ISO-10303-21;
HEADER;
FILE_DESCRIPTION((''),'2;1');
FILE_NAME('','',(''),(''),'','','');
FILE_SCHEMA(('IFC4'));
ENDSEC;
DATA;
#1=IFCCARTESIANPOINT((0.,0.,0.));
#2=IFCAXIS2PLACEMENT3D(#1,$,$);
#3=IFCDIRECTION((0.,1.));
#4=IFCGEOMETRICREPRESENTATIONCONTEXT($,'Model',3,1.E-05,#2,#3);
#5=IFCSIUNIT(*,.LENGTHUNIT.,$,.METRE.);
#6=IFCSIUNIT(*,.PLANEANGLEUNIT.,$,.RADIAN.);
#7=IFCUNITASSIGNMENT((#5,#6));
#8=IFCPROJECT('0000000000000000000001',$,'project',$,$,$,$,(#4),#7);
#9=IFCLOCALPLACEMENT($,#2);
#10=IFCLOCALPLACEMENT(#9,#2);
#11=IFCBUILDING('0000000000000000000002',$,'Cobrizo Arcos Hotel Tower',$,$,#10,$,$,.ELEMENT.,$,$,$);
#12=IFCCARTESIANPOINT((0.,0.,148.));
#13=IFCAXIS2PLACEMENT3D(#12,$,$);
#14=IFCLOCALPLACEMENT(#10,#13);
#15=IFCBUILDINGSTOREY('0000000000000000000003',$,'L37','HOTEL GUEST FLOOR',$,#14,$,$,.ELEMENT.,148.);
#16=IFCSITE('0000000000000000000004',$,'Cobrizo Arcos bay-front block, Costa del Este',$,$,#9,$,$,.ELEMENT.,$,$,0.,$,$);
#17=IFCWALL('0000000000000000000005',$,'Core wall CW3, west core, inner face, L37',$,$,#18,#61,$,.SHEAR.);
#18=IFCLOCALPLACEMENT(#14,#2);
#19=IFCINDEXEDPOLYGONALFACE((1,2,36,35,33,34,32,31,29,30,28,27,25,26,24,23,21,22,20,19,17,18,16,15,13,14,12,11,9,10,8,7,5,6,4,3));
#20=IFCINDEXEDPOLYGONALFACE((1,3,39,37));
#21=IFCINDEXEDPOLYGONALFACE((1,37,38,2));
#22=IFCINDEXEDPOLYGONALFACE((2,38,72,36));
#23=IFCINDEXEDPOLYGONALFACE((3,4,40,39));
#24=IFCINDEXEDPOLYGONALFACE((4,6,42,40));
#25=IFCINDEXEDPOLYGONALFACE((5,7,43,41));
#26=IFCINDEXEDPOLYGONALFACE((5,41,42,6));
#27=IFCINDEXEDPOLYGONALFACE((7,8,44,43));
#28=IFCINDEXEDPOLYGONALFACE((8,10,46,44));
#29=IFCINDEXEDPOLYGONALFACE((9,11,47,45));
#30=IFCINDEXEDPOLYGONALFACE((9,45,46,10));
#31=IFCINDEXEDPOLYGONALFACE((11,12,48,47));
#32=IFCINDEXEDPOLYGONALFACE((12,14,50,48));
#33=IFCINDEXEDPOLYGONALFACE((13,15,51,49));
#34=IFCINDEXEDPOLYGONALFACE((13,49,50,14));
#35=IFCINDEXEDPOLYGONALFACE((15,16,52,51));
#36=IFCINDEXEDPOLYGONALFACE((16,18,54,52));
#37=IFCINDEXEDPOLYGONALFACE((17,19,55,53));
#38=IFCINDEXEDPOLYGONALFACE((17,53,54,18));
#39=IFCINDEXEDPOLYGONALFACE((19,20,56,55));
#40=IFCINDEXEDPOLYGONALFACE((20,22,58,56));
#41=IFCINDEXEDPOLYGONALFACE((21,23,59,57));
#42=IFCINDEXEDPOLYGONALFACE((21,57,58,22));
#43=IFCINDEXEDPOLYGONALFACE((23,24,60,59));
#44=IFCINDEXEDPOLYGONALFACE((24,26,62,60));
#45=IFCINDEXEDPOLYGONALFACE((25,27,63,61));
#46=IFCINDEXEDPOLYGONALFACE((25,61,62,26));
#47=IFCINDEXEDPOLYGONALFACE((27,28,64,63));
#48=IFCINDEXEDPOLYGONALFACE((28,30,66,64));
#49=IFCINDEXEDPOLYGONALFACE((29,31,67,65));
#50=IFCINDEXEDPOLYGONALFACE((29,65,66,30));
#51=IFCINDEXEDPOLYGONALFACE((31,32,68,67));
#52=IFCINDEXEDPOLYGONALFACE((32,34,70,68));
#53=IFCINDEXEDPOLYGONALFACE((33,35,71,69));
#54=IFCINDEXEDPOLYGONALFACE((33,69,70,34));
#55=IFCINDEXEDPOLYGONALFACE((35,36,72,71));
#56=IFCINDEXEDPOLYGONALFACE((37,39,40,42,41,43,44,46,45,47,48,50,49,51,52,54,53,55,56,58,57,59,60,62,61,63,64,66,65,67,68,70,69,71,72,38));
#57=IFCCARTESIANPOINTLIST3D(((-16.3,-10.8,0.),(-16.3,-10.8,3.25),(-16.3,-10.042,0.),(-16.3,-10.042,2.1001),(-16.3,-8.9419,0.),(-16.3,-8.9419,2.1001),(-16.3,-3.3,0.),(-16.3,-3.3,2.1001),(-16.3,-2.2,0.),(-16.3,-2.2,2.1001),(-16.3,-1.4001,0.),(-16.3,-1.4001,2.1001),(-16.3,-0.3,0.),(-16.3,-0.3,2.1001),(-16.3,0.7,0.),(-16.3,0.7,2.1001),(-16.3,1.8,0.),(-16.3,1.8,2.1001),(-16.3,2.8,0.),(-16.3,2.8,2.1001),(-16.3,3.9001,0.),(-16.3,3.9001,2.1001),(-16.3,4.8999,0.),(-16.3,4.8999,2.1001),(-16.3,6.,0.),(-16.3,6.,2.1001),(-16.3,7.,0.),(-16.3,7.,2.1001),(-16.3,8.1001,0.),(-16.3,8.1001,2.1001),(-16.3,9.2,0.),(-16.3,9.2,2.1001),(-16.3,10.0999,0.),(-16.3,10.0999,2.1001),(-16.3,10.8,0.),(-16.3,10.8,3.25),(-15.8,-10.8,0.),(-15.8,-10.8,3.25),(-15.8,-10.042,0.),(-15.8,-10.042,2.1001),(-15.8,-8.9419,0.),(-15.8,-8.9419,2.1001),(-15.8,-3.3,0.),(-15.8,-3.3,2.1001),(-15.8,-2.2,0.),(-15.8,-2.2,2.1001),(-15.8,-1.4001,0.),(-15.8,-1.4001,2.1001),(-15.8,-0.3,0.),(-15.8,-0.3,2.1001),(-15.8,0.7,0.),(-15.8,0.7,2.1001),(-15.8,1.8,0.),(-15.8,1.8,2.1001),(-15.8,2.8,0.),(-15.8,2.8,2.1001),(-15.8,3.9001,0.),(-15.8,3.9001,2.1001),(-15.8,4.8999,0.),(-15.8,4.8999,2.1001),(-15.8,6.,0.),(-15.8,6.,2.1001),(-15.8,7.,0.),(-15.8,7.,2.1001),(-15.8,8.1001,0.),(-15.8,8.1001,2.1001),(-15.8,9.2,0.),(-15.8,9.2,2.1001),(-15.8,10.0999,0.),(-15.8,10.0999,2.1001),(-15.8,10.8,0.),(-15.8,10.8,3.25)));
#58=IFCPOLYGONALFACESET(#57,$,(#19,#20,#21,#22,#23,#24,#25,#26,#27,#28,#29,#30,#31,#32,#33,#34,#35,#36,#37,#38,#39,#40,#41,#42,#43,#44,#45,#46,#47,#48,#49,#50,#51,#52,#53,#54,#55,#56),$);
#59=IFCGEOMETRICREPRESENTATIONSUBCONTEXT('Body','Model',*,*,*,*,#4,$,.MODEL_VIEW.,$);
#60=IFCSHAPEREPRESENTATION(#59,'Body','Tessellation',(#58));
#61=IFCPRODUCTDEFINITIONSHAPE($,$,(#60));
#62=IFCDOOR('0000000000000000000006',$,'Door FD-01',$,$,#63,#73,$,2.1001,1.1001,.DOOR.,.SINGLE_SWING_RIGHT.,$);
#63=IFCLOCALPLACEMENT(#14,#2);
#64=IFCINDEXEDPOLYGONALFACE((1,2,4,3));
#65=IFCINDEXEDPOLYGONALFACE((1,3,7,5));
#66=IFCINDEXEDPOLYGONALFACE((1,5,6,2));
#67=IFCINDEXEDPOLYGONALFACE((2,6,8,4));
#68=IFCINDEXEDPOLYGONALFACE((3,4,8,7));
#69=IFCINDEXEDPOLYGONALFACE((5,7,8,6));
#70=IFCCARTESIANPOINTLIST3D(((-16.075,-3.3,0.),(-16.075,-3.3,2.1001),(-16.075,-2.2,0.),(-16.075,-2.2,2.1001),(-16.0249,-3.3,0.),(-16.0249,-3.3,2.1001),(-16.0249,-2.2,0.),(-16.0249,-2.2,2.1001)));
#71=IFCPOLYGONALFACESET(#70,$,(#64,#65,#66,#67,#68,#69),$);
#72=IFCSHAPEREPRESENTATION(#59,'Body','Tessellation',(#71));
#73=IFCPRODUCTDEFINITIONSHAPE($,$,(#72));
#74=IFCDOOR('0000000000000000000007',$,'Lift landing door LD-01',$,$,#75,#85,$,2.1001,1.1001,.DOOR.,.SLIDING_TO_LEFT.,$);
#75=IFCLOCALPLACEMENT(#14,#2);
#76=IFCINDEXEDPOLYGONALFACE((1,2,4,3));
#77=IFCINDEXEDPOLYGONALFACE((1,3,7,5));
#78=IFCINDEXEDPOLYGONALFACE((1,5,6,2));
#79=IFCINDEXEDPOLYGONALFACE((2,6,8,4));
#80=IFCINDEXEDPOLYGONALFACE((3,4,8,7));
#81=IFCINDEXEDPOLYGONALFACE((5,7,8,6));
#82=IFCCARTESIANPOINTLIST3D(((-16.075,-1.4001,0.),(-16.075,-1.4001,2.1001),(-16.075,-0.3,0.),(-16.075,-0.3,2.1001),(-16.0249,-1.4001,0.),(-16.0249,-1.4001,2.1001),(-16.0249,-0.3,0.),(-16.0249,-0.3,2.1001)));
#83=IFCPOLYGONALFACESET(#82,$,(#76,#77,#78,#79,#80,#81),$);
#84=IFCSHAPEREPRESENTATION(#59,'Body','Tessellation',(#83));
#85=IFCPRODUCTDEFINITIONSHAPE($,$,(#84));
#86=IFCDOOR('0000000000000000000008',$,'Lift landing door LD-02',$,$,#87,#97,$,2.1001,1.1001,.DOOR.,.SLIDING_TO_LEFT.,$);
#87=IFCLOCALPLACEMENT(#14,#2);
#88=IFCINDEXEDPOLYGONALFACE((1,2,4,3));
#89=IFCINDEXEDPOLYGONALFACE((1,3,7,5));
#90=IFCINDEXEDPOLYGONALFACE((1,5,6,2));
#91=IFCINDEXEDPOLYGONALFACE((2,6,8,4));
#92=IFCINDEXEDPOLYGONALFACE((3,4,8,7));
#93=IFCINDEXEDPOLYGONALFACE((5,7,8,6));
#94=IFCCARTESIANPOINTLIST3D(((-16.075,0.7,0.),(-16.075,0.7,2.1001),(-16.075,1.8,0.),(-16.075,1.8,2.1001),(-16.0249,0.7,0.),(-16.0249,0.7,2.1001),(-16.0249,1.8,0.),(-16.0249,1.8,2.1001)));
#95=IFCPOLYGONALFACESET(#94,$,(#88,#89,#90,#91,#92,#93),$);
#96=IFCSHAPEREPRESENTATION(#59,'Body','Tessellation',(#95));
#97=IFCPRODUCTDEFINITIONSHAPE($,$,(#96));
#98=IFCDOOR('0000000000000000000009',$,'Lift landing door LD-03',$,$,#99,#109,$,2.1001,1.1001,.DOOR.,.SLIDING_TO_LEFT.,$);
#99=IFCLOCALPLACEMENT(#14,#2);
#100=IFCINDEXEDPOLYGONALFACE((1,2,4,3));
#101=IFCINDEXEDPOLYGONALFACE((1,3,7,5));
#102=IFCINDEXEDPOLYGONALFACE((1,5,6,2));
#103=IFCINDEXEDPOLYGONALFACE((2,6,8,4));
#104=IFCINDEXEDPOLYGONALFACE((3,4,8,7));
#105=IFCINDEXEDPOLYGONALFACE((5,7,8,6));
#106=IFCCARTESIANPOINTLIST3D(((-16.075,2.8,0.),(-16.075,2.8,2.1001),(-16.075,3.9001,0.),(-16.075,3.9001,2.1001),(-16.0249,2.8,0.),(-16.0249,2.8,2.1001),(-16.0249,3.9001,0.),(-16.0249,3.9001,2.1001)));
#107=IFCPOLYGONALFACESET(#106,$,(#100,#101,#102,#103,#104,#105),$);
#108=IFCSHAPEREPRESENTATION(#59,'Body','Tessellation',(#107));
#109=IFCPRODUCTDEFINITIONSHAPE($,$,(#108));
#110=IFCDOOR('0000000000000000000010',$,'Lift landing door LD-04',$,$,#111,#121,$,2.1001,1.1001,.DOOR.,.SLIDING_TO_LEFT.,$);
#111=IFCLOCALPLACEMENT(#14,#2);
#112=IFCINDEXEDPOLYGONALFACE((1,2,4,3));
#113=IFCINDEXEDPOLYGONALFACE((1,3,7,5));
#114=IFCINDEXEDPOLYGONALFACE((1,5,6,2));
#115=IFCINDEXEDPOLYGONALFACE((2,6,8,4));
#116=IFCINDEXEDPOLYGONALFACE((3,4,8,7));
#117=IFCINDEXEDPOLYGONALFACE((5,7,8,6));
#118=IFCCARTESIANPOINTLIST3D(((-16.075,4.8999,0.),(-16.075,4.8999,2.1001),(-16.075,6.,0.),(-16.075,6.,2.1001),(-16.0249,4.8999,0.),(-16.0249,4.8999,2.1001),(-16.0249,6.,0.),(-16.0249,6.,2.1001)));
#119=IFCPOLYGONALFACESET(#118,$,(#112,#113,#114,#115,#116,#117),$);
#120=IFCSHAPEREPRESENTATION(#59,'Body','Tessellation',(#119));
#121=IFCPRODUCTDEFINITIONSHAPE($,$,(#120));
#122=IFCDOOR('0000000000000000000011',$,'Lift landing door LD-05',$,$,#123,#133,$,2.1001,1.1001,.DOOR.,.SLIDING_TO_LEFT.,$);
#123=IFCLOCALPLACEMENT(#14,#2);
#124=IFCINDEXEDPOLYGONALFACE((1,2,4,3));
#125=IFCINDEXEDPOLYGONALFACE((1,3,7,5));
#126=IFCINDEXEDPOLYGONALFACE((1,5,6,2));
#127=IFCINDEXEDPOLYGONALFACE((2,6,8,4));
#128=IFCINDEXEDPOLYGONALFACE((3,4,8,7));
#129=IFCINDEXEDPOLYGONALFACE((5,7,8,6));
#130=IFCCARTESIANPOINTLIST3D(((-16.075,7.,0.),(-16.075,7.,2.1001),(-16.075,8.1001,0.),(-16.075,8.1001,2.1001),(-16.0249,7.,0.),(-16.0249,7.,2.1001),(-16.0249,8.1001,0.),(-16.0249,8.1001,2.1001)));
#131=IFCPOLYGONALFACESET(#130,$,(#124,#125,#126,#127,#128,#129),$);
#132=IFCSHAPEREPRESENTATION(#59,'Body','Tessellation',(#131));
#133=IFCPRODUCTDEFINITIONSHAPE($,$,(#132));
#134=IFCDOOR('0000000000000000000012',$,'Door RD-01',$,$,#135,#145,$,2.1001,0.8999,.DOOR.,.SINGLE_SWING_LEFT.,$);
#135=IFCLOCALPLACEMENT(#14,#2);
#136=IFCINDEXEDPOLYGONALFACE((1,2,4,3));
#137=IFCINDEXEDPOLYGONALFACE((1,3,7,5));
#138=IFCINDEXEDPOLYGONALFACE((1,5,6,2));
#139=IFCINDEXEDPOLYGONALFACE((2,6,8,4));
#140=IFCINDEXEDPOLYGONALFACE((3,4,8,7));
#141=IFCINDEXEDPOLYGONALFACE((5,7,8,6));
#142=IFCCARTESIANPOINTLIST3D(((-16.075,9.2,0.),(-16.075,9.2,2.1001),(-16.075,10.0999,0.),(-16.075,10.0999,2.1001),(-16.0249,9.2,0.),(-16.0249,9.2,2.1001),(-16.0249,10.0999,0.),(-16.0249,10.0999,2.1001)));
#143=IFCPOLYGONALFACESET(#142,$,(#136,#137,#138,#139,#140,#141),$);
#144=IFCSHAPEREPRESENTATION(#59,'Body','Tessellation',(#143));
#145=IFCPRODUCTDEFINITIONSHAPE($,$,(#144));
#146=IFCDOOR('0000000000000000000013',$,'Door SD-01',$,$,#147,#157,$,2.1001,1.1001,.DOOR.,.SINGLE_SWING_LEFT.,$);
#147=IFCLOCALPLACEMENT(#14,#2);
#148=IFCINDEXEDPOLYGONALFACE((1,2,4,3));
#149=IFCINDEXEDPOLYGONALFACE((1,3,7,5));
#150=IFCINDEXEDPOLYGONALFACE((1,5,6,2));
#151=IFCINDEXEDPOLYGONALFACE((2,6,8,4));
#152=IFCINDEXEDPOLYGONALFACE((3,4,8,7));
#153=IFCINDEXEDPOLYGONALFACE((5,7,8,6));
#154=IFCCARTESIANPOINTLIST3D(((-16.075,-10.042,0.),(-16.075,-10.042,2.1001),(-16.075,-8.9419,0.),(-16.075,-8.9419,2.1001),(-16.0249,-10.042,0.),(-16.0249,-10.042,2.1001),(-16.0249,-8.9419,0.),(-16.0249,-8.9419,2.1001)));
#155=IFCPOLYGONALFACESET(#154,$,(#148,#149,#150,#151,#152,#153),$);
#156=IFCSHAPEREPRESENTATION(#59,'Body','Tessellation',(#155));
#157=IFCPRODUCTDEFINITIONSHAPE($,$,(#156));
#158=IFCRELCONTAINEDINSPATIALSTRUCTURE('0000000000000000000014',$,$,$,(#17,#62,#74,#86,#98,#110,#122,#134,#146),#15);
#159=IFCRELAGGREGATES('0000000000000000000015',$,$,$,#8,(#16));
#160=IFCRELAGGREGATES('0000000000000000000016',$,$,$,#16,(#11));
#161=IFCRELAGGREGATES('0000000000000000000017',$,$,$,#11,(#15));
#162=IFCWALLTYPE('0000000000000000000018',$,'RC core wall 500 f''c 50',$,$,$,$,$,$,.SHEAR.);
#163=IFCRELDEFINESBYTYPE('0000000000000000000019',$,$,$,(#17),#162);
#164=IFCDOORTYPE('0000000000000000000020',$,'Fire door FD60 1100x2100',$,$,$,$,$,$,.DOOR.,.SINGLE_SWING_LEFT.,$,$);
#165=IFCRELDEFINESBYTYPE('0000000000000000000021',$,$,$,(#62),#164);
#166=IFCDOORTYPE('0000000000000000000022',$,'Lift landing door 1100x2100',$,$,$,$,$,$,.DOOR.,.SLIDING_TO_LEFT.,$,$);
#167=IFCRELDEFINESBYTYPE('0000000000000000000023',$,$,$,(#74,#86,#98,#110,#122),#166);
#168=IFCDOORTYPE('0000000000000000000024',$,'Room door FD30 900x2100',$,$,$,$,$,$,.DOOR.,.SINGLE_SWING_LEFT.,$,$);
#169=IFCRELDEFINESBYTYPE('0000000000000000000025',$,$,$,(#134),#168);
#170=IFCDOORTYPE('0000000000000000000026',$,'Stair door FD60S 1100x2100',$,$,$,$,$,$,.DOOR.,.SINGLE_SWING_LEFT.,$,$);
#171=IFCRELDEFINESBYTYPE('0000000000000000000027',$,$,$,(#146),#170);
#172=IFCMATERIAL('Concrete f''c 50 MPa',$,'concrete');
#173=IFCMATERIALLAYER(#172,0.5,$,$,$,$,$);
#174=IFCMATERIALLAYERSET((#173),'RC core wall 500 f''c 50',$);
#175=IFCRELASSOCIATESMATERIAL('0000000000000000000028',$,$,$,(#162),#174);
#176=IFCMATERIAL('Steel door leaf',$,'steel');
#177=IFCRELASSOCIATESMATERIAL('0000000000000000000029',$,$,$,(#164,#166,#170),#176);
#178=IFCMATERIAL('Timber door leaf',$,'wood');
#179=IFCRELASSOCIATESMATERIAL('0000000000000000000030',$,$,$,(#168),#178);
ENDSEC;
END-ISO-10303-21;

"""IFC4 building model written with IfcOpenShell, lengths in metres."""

from ifc_helpers import new_model, si_unit, direction, frame, frame_2d, origin, place, context, subcontext, project, spatial, rectangle, extrude, material, layer, layer_set, type_object, element, fill, save


model = new_model("IFC4")

# Units and contexts
model_context = context("Model", 3, precision=1e-05, world=origin(), true_north=direction((0.0, 1.0)))
body_context = subcontext(model_context, "Body", "Model", "MODEL_VIEW")
ifc_project = project(units=[si_unit("LENGTHUNIT", "METRE"), si_unit("PLANEANGLEUNIT", "RADIAN")], contexts=[model_context])

# Site, building, storey
site_placement = place(None, origin())
site = spatial("IfcSite", under=ifc_project, at=site_placement, Name="Cobrizo Arcos bay-front block, Costa del Este", CompositionType="ELEMENT", RefElevation=0.0)
building_placement = place(site_placement, origin())
building = spatial("IfcBuilding", under=site, at=building_placement, Name="Cobrizo Arcos Hotel Tower", CompositionType="ELEMENT")
storey_placement = place(building_placement, frame((0.0, 0.0, 148.0)))
storey = spatial("IfcBuildingStorey", under=building, at=storey_placement, Name="L37", Description="HOTEL GUEST FLOOR", CompositionType="ELEMENT", Elevation=148.0)

# Wall, openings, doors
ifc_material_1 = material(Name="Concrete f'c 50 MPa", Category="concrete")
ifc_layer_1 = layer(ifc_material_1, 0.5)
ifc_layer_set_1 = layer_set([ifc_layer_1], Name="RC core wall 500 f'c 50")
wall_type_1 = type_object("IfcWallType", Name="RC core wall 500 f'c 50", PredefinedType="SHEAR", material=ifc_layer_set_1)
wall_1_placement = place(storey_placement, frame((-16.05, -10.8, 0.0), z_axis=(0.0, 0.0, 1.0), x_axis=(0.0, 1.0, 0.0)))
wall_1 = element("IfcWall", 1, at=wall_1_placement, inside=storey, type_object=wall_type_1, Name="Core wall CW3, west core, inner face, L37", PredefinedType="SHEAR", context=body_context, shape_type="SweptSolid", body=[
    extrude(rectangle(XDim=21.6001, YDim=0.5, at=frame_2d((10.8, 0.0))), origin(), (0.0, 0.0, 1.0), 3.25),
])
opening_1_placement = place(wall_1_placement, frame((9.3999, 0.0, 0.0)))
opening_1 = element("IfcOpeningElement", 2, at=opening_1_placement, cuts=wall_1, PredefinedType="OPENING", context=body_context, shape_type="SweptSolid", body=[
    extrude(rectangle(XDim=1.1001, YDim=2.1001, at=frame_2d((0.55, 1.05))), frame((0.0, 0.262, 0.0), z_axis=(0.0, -1.0, 0.0), x_axis=(1.0, 0.0, 0.0)), (0.0, 0.0, 1.0), 0.5239),
])
opening_2_placement = place(wall_1_placement, frame((11.5, 0.0, 0.0)))
opening_2 = element("IfcOpeningElement", 3, at=opening_2_placement, cuts=wall_1, PredefinedType="OPENING", context=body_context, shape_type="SweptSolid", body=[
    extrude(rectangle(XDim=1.1001, YDim=2.1001, at=frame_2d((0.55, 1.05))), frame((0.0, 0.262, 0.0), z_axis=(0.0, -1.0, 0.0), x_axis=(1.0, 0.0, 0.0)), (0.0, 0.0, 1.0), 0.5239),
])
opening_3_placement = place(wall_1_placement, frame((13.6001, 0.0, 0.0)))
opening_3 = element("IfcOpeningElement", 4, at=opening_3_placement, cuts=wall_1, PredefinedType="OPENING", context=body_context, shape_type="SweptSolid", body=[
    extrude(rectangle(XDim=1.1001, YDim=2.1001, at=frame_2d((0.55, 1.05))), frame((0.0, 0.262, 0.0), z_axis=(0.0, -1.0, 0.0), x_axis=(1.0, 0.0, 0.0)), (0.0, 0.0, 1.0), 0.5239),
])
opening_4_placement = place(wall_1_placement, frame((15.7, 0.0, 0.0)))
opening_4 = element("IfcOpeningElement", 5, at=opening_4_placement, cuts=wall_1, PredefinedType="OPENING", context=body_context, shape_type="SweptSolid", body=[
    extrude(rectangle(XDim=1.1001, YDim=2.1001, at=frame_2d((0.55, 1.05))), frame((0.0, 0.262, 0.0), z_axis=(0.0, -1.0, 0.0), x_axis=(1.0, 0.0, 0.0)), (0.0, 0.0, 1.0), 0.5239),
])
opening_5_placement = place(wall_1_placement, frame((17.8, 0.0, 0.0)))
opening_5 = element("IfcOpeningElement", 6, at=opening_5_placement, cuts=wall_1, PredefinedType="OPENING", context=body_context, shape_type="SweptSolid", body=[
    extrude(rectangle(XDim=1.1001, YDim=2.1001, at=frame_2d((0.55, 1.05))), frame((0.0, 0.262, 0.0), z_axis=(0.0, -1.0, 0.0), x_axis=(1.0, 0.0, 0.0)), (0.0, 0.0, 1.0), 0.5239),
])
opening_6_placement = place(wall_1_placement, frame((0.7581, 0.0, 0.0)))
opening_6 = element("IfcOpeningElement", 7, at=opening_6_placement, cuts=wall_1, PredefinedType="OPENING", context=body_context, shape_type="SweptSolid", body=[
    extrude(rectangle(XDim=1.1001, YDim=2.1001, at=frame_2d((0.55, 1.05))), frame((0.0, 0.262, 0.0), z_axis=(0.0, -1.0, 0.0), x_axis=(1.0, 0.0, 0.0)), (0.0, 0.0, 1.0), 0.5239),
])
opening_7_placement = place(wall_1_placement, frame((7.5, 0.0, 0.0)))
opening_7 = element("IfcOpeningElement", 8, at=opening_7_placement, cuts=wall_1, PredefinedType="OPENING", context=body_context, shape_type="SweptSolid", body=[
    extrude(rectangle(XDim=1.1001, YDim=2.1001, at=frame_2d((0.55, 1.05))), frame((0.0, 0.262, 0.0), z_axis=(0.0, -1.0, 0.0), x_axis=(1.0, 0.0, 0.0)), (0.0, 0.0, 1.0), 0.5239),
])
opening_8_placement = place(wall_1_placement, frame((20.0, 0.0, 0.0)))
opening_8 = element("IfcOpeningElement", 9, at=opening_8_placement, cuts=wall_1, PredefinedType="OPENING", context=body_context, shape_type="SweptSolid", body=[
    extrude(rectangle(XDim=0.8999, YDim=2.1001, at=frame_2d((0.45, 1.05))), frame((0.0, 0.262, 0.0), z_axis=(0.0, -1.0, 0.0), x_axis=(1.0, 0.0, 0.0)), (0.0, 0.0, 1.0), 0.5239),
])
ifc_material_2 = material(Name="Steel door leaf", Category="steel")
door_type_1 = type_object("IfcDoorType", Name="Fire door FD60 1100x2100", OperationType="SINGLE_SWING_LEFT", PredefinedType="DOOR", material=ifc_material_2)
door_1_placement = place(opening_7_placement, origin())
door_1 = element("IfcDoor", 10, at=door_1_placement, inside=storey, type_object=door_type_1, Name="Door FD-01", OperationType="SINGLE_SWING_RIGHT", OverallHeight=2.1001, OverallWidth=1.1001, PredefinedType="DOOR", context=body_context, shape_type="SweptSolid", body=[
    extrude(rectangle(XDim=1.1001, YDim=2.1001, at=frame_2d((0.55, 1.05))), frame((0.0, 0.0249, 0.0), z_axis=(0.0, -1.0, 0.0), x_axis=(1.0, 0.0, 0.0)), (0.0, 0.0, 1.0), 0.05),
])
fill(opening_7, door_1)
door_type_2 = type_object("IfcDoorType", Name="Lift landing door 1100x2100", OperationType="SLIDING_TO_LEFT", PredefinedType="DOOR", material=ifc_material_2)
door_2_placement = place(opening_1_placement, origin())
door_2 = element("IfcDoor", 11, at=door_2_placement, inside=storey, type_object=door_type_2, Name="Lift landing door LD-01", OperationType="SLIDING_TO_LEFT", OverallHeight=2.1001, OverallWidth=1.1001, PredefinedType="DOOR", context=body_context, shape_type="SweptSolid", body=[
    extrude(rectangle(XDim=1.1001, YDim=2.1001, at=frame_2d((0.55, 1.05))), frame((0.0, 0.0249, 0.0), z_axis=(0.0, -1.0, 0.0), x_axis=(1.0, 0.0, 0.0)), (0.0, 0.0, 1.0), 0.05),
])
fill(opening_1, door_2)
door_3_placement = place(opening_2_placement, origin())
door_3 = element("IfcDoor", 12, at=door_3_placement, inside=storey, type_object=door_type_2, Name="Lift landing door LD-02", OperationType="SLIDING_TO_LEFT", OverallHeight=2.1001, OverallWidth=1.1001, PredefinedType="DOOR", context=body_context, shape_type="SweptSolid", body=[
    extrude(rectangle(XDim=1.1001, YDim=2.1001, at=frame_2d((0.55, 1.05))), frame((0.0, 0.0249, 0.0), z_axis=(0.0, -1.0, 0.0), x_axis=(1.0, 0.0, 0.0)), (0.0, 0.0, 1.0), 0.05),
])
fill(opening_2, door_3)
door_4_placement = place(opening_3_placement, origin())
door_4 = element("IfcDoor", 13, at=door_4_placement, inside=storey, type_object=door_type_2, Name="Lift landing door LD-03", OperationType="SLIDING_TO_LEFT", OverallHeight=2.1001, OverallWidth=1.1001, PredefinedType="DOOR", context=body_context, shape_type="SweptSolid", body=[
    extrude(rectangle(XDim=1.1001, YDim=2.1001, at=frame_2d((0.55, 1.05))), frame((0.0, 0.0249, 0.0), z_axis=(0.0, -1.0, 0.0), x_axis=(1.0, 0.0, 0.0)), (0.0, 0.0, 1.0), 0.05),
])
fill(opening_3, door_4)
door_5_placement = place(opening_4_placement, origin())
door_5 = element("IfcDoor", 14, at=door_5_placement, inside=storey, type_object=door_type_2, Name="Lift landing door LD-04", OperationType="SLIDING_TO_LEFT", OverallHeight=2.1001, OverallWidth=1.1001, PredefinedType="DOOR", context=body_context, shape_type="SweptSolid", body=[
    extrude(rectangle(XDim=1.1001, YDim=2.1001, at=frame_2d((0.55, 1.05))), frame((0.0, 0.0249, 0.0), z_axis=(0.0, -1.0, 0.0), x_axis=(1.0, 0.0, 0.0)), (0.0, 0.0, 1.0), 0.05),
])
fill(opening_4, door_5)
door_6_placement = place(opening_5_placement, origin())
door_6 = element("IfcDoor", 15, at=door_6_placement, inside=storey, type_object=door_type_2, Name="Lift landing door LD-05", OperationType="SLIDING_TO_LEFT", OverallHeight=2.1001, OverallWidth=1.1001, PredefinedType="DOOR", context=body_context, shape_type="SweptSolid", body=[
    extrude(rectangle(XDim=1.1001, YDim=2.1001, at=frame_2d((0.55, 1.05))), frame((0.0, 0.0249, 0.0), z_axis=(0.0, -1.0, 0.0), x_axis=(1.0, 0.0, 0.0)), (0.0, 0.0, 1.0), 0.05),
])
fill(opening_5, door_6)
ifc_material_3 = material(Name="Timber door leaf", Category="wood")
door_type_3 = type_object("IfcDoorType", Name="Room door FD30 900x2100", OperationType="SINGLE_SWING_LEFT", PredefinedType="DOOR", material=ifc_material_3)
door_7_placement = place(opening_8_placement, origin())
door_7 = element("IfcDoor", 16, at=door_7_placement, inside=storey, type_object=door_type_3, Name="Door RD-01", OperationType="SINGLE_SWING_LEFT", OverallHeight=2.1001, OverallWidth=0.8999, PredefinedType="DOOR", context=body_context, shape_type="SweptSolid", body=[
    extrude(rectangle(XDim=0.8999, YDim=2.1001, at=frame_2d((0.45, 1.05))), frame((0.0, 0.0249, 0.0), z_axis=(0.0, -1.0, 0.0), x_axis=(1.0, 0.0, 0.0)), (0.0, 0.0, 1.0), 0.05),
])
fill(opening_8, door_7)
door_type_4 = type_object("IfcDoorType", Name="Stair door FD60S 1100x2100", OperationType="SINGLE_SWING_LEFT", PredefinedType="DOOR", material=ifc_material_2)
door_8_placement = place(opening_6_placement, origin())
door_8 = element("IfcDoor", 17, at=door_8_placement, inside=storey, type_object=door_type_4, Name="Door SD-01", OperationType="SINGLE_SWING_LEFT", OverallHeight=2.1001, OverallWidth=1.1001, PredefinedType="DOOR", context=body_context, shape_type="SweptSolid", body=[
    extrude(rectangle(XDim=1.1001, YDim=2.1001, at=frame_2d((0.55, 1.05))), frame((0.0, 0.0249, 0.0), z_axis=(0.0, -1.0, 0.0), x_axis=(1.0, 0.0, 0.0)), (0.0, 0.0, 1.0), 0.05),
])
fill(opening_6, door_8)

save(model, "model.ifc")
